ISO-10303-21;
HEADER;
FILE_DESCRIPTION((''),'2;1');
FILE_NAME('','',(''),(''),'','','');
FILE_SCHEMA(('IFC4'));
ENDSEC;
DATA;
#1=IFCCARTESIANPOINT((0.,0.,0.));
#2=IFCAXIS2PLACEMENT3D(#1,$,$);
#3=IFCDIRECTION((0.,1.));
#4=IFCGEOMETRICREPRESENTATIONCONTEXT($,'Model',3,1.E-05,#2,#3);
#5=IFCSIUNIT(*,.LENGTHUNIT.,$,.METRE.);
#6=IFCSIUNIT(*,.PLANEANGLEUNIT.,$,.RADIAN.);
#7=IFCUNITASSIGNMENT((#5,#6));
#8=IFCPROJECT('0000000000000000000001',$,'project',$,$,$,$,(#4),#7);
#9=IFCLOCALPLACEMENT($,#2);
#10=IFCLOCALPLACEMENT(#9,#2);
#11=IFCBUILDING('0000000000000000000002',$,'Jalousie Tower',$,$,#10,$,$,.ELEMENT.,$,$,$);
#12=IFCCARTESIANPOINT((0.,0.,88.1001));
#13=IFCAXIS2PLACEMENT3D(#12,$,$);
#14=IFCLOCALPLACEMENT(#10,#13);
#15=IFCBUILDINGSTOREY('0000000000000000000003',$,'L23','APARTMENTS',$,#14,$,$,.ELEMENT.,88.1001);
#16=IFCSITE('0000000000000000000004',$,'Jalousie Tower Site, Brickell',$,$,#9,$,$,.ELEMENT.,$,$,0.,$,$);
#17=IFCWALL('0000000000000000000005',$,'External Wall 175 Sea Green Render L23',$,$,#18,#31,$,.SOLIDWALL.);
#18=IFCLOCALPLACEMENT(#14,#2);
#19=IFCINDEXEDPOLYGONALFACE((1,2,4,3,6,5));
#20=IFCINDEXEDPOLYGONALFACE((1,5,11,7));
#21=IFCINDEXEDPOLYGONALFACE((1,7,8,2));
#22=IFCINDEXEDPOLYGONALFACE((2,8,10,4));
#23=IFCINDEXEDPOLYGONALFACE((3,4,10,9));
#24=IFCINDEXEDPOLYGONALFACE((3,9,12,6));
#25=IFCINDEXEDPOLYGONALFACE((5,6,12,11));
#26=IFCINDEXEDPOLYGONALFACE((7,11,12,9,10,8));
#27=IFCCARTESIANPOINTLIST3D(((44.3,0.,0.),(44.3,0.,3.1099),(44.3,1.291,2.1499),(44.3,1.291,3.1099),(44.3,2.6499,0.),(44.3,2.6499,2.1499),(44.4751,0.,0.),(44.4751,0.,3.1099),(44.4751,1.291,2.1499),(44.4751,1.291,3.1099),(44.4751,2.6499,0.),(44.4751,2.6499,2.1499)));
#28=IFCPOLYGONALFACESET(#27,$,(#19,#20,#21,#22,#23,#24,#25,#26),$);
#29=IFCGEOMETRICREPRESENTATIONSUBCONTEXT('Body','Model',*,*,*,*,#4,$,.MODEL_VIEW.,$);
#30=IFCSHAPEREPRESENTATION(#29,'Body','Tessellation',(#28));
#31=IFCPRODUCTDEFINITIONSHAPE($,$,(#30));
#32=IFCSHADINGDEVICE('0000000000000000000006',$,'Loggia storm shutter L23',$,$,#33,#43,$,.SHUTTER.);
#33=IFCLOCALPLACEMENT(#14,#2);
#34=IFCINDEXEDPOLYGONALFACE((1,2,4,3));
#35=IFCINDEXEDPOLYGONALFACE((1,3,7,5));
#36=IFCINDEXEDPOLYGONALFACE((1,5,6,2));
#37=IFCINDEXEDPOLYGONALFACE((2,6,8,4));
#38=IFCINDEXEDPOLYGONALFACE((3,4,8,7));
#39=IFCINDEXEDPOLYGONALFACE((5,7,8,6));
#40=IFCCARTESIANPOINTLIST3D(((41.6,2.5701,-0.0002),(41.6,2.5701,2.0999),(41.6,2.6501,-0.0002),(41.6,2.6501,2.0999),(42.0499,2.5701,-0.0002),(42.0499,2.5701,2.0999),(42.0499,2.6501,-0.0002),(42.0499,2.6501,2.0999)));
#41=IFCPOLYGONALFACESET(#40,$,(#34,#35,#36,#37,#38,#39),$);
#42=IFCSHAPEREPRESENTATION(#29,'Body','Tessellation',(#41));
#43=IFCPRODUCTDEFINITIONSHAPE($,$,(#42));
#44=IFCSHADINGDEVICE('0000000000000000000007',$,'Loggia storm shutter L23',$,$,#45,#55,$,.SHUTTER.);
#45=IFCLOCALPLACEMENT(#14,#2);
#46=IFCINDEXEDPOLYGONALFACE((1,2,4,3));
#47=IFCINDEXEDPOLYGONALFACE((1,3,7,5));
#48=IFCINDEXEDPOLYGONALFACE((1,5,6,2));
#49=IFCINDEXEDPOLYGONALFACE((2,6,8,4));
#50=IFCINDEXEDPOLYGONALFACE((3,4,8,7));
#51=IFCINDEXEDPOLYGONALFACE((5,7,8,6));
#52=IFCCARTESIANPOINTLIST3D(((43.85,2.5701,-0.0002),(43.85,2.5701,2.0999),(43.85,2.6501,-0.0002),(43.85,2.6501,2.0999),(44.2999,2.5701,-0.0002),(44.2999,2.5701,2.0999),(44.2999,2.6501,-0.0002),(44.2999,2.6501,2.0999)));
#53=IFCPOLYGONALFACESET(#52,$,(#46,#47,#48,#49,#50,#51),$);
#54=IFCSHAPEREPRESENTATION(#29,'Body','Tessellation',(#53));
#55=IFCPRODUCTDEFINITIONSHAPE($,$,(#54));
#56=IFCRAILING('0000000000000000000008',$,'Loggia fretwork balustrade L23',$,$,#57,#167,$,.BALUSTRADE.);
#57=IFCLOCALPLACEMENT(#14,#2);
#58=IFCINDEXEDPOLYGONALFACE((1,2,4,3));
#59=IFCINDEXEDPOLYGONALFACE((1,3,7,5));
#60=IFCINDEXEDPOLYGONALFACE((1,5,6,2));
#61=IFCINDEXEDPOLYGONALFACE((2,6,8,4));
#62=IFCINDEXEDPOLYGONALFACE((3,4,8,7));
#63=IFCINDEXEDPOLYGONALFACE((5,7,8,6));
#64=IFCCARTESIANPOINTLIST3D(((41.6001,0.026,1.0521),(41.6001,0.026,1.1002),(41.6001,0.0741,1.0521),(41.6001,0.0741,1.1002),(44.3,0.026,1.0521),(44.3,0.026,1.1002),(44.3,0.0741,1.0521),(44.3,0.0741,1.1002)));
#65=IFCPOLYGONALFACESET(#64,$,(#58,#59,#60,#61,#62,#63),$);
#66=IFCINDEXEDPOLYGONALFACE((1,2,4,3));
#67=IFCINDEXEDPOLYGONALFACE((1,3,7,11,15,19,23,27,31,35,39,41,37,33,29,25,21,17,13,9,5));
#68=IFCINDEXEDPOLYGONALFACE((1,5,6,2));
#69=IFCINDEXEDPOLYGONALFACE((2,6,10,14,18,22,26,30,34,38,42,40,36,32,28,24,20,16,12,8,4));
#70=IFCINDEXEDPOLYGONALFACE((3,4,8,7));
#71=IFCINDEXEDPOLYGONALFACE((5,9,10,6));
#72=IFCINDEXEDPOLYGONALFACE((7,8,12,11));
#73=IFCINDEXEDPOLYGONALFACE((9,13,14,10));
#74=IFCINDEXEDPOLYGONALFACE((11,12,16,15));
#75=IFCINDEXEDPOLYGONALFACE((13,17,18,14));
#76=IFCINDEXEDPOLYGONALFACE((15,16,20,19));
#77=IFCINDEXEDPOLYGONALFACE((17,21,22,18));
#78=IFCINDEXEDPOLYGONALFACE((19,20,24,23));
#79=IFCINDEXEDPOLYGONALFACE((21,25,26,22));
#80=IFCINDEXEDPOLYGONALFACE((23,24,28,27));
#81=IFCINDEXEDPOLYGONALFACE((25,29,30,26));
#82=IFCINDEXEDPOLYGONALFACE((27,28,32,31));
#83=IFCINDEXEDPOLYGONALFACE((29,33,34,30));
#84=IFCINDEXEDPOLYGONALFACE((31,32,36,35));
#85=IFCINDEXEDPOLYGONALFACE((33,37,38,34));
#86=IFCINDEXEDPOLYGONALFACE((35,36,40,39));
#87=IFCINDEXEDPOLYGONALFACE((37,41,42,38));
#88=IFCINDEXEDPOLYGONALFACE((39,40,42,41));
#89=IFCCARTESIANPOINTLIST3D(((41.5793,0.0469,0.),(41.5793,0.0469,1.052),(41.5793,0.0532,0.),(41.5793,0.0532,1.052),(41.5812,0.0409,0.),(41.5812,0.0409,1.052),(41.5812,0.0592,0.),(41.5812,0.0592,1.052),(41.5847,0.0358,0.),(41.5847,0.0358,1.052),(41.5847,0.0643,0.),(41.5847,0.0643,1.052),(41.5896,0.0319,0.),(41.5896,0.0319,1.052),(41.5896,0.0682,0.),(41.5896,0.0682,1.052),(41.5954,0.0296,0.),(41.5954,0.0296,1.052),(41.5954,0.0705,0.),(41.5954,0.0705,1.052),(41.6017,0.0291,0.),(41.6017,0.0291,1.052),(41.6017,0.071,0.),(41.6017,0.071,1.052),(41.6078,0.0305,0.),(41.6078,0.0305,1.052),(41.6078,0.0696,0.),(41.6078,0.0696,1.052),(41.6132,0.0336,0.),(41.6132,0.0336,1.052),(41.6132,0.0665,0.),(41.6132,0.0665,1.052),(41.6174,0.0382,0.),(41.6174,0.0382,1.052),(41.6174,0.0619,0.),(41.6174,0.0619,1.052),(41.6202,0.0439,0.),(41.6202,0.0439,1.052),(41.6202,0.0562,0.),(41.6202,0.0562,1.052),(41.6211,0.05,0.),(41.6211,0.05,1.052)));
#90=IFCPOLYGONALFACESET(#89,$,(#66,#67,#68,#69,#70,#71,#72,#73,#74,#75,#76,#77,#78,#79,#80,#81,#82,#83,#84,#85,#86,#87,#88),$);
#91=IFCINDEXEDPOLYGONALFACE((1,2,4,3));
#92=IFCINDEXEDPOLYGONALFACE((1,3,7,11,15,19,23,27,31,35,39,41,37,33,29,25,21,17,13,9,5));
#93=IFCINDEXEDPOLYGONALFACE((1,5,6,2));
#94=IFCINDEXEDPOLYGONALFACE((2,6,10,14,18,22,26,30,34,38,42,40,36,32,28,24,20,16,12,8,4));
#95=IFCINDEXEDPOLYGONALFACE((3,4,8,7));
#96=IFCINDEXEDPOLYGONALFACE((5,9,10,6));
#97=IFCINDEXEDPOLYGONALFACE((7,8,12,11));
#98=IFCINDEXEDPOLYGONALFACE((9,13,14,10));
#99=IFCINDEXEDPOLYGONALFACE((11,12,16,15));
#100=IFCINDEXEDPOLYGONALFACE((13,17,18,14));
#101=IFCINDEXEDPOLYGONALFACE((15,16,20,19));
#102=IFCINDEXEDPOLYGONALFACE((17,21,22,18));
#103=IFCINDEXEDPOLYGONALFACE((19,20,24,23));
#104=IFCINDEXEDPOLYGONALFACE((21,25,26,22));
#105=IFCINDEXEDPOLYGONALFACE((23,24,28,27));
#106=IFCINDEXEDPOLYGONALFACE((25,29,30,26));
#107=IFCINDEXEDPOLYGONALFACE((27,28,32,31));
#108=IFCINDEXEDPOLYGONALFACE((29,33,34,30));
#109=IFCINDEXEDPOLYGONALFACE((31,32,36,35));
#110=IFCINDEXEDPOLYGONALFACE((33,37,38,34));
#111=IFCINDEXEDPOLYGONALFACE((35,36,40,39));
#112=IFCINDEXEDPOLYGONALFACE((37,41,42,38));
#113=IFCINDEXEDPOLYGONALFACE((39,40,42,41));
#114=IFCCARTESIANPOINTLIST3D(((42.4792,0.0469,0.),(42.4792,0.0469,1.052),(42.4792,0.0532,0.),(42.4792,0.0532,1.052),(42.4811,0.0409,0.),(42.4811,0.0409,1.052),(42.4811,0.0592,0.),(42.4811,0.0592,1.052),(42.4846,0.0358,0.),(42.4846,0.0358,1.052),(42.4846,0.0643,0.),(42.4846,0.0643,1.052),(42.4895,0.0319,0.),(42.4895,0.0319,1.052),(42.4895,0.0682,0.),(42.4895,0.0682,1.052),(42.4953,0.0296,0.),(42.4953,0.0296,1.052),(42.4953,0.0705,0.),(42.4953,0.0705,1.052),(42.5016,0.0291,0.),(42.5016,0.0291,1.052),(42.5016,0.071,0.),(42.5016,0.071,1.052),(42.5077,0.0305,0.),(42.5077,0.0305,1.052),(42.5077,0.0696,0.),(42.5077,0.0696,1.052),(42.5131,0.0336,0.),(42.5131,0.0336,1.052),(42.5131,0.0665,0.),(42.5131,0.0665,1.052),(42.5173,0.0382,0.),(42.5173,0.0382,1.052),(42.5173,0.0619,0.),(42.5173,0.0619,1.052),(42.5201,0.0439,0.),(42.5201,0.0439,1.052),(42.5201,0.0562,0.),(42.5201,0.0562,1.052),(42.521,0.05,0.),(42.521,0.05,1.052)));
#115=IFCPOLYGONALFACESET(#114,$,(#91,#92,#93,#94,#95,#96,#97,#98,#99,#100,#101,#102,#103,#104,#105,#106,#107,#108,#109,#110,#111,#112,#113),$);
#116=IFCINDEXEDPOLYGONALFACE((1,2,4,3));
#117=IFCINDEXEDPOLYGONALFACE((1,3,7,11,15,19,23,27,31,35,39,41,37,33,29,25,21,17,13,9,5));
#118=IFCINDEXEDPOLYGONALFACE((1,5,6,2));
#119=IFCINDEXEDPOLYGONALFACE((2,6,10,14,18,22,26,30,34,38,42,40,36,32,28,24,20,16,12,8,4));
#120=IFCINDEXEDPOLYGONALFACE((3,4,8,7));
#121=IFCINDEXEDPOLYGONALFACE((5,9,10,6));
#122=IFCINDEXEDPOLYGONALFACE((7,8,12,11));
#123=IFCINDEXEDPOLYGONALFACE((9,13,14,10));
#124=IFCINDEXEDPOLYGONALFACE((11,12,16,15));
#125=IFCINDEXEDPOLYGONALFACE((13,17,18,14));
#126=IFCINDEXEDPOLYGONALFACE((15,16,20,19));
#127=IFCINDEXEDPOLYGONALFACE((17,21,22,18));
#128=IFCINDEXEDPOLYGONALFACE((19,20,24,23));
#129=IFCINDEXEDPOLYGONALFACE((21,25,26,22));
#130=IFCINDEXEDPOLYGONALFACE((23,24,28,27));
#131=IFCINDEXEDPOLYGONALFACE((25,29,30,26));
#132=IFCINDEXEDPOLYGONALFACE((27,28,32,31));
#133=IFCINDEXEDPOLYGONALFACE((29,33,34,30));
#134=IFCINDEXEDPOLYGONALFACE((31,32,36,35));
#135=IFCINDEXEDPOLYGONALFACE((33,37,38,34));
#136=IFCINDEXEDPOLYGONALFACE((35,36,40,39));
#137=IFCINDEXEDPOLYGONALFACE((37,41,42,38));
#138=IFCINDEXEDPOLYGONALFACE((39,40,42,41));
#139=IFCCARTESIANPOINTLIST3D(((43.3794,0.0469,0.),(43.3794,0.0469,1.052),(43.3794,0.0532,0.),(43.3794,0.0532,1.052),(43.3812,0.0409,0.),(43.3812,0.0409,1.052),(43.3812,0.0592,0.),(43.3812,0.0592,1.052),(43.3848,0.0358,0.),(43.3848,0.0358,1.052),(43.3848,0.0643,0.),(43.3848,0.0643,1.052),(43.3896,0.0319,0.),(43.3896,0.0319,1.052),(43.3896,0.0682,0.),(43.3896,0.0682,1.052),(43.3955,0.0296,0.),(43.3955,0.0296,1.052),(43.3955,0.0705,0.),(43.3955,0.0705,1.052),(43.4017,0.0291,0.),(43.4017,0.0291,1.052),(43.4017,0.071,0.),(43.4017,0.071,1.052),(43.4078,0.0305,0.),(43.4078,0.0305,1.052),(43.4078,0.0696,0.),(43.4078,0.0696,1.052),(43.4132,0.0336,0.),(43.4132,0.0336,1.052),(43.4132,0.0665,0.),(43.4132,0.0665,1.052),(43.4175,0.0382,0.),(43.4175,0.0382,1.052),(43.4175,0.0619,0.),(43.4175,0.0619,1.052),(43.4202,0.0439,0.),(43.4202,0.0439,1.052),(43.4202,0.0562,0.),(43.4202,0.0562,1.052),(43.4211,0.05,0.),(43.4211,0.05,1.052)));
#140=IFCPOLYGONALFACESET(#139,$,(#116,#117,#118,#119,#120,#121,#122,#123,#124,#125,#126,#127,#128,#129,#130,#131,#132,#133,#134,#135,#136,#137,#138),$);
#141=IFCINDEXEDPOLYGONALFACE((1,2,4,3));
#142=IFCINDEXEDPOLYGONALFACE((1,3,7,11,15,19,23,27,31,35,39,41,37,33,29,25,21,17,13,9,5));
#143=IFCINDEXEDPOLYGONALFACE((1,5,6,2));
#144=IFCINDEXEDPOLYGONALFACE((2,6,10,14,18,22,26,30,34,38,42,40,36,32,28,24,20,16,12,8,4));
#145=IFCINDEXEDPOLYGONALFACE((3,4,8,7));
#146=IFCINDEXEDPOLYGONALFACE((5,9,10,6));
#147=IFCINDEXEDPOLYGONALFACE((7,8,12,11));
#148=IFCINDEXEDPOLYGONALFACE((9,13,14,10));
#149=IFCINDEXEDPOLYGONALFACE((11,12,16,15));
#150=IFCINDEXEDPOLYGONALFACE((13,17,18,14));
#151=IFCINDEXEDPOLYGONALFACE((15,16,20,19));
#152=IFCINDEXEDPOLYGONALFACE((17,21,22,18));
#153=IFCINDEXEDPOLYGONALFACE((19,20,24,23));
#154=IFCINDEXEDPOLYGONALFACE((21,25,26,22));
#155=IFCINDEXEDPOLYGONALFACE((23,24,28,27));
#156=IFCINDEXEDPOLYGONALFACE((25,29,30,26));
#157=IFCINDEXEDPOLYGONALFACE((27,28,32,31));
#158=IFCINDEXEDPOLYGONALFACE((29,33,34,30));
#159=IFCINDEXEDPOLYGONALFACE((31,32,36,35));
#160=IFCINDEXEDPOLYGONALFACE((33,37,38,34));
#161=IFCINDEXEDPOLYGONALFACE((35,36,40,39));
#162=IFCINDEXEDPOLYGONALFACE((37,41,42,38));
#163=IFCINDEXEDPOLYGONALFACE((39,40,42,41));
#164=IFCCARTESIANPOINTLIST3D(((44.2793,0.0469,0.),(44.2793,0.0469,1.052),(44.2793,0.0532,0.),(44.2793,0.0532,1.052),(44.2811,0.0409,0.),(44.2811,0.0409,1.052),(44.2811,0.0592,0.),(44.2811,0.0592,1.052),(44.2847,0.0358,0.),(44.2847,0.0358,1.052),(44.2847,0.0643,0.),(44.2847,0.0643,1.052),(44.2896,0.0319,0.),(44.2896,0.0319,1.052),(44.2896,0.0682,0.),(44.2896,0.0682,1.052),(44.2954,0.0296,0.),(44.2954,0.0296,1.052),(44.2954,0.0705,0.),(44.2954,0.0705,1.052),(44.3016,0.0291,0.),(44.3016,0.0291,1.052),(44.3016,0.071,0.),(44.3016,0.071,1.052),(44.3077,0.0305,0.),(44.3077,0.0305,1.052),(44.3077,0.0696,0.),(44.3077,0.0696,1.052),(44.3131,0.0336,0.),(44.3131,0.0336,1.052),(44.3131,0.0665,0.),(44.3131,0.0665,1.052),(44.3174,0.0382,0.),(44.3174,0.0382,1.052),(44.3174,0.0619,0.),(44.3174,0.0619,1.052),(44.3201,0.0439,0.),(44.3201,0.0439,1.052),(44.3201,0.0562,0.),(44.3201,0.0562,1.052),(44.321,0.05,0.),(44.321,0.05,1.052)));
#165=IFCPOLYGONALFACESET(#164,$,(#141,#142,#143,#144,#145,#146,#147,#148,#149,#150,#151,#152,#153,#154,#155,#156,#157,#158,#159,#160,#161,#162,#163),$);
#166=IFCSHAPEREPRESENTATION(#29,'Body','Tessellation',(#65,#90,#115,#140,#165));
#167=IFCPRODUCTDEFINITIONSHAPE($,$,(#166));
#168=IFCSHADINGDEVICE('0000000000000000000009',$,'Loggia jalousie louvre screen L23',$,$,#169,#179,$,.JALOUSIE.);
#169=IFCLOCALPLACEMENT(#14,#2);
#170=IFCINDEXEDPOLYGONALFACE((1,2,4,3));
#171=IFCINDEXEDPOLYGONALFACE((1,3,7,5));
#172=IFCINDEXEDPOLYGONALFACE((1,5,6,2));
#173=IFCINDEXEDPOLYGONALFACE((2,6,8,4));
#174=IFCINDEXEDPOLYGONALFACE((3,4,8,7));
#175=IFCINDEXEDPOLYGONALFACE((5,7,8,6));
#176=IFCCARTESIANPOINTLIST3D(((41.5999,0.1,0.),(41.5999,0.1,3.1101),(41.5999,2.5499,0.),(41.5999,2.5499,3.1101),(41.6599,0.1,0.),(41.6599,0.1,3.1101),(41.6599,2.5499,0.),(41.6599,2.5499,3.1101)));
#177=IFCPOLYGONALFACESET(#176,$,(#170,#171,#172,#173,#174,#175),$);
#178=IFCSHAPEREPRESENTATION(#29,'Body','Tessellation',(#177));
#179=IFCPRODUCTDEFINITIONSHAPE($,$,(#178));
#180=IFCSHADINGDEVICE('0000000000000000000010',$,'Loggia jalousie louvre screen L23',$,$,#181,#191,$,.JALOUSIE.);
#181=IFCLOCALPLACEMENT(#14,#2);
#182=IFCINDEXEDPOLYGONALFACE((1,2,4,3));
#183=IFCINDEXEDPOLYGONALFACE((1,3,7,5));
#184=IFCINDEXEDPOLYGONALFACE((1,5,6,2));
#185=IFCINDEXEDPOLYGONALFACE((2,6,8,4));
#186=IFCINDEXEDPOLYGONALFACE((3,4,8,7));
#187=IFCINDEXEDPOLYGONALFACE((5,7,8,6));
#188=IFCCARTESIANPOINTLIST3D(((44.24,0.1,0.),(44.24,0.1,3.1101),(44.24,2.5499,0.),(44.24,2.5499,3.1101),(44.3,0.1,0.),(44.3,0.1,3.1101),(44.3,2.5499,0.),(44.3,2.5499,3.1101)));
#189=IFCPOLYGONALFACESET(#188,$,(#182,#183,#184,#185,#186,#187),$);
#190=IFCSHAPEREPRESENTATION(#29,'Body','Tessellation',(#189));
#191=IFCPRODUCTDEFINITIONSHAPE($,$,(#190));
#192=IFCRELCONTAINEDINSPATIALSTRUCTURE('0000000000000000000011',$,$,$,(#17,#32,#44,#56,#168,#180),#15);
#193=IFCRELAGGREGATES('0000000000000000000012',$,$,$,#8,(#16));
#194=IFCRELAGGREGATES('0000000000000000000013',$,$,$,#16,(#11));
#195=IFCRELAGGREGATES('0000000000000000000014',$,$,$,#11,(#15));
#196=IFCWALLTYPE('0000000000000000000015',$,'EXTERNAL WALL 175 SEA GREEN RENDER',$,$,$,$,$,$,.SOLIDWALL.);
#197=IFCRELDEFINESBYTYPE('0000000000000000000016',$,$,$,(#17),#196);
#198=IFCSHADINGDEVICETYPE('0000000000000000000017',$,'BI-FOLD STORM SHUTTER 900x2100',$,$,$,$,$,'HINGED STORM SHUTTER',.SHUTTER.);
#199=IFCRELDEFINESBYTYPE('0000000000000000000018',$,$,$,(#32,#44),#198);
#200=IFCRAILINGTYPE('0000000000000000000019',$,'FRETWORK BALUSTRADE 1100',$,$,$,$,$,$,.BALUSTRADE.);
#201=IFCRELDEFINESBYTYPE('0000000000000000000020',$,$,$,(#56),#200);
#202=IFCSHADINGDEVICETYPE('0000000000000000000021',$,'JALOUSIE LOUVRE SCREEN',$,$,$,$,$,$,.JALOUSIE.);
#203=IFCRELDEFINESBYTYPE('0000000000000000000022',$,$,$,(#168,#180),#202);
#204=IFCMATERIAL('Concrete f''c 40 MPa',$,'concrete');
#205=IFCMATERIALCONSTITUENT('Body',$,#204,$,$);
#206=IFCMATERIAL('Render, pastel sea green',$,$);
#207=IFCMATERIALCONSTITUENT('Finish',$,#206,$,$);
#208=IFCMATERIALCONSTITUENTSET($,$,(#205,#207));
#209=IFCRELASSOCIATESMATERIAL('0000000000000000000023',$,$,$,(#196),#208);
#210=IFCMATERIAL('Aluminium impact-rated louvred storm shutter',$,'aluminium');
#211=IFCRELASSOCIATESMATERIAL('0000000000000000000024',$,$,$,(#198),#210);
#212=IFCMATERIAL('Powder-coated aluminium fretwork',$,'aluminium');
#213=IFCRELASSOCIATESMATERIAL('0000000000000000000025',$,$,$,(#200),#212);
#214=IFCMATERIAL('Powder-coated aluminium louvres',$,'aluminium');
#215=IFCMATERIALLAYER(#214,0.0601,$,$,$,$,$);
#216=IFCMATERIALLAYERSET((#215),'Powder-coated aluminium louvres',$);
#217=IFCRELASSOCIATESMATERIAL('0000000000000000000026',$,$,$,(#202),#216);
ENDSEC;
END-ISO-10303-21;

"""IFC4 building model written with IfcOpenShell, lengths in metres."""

from ifc_helpers import new_model, si_unit, direction, frame, origin, origin_2d, place, context, subcontext, project, spatial, polyline, rectangle, circle, outline, extrude, material, layer, layer_set, constituent, constituent_set, type_object, element, save


model = new_model("IFC4")

# Units and contexts
model_context = context("Model", 3, precision=1e-05, world=origin(), true_north=direction((0.0, 1.0)))
body_context = subcontext(model_context, "Body", "Model", "MODEL_VIEW")
ifc_project = project(units=[si_unit("LENGTHUNIT", "METRE"), si_unit("PLANEANGLEUNIT", "RADIAN")], contexts=[model_context])

# Site, building, storey
site_placement = place(None, origin())
site = spatial("IfcSite", under=ifc_project, at=site_placement, Name="Jalousie Tower Site, Brickell", CompositionType="ELEMENT", RefElevation=0.0)
building_placement = place(site_placement, origin())
building = spatial("IfcBuilding", under=site, at=building_placement, Name="Jalousie Tower", CompositionType="ELEMENT")
storey_placement = place(building_placement, frame((0.0, 0.0, 88.1001)))
storey = spatial("IfcBuildingStorey", under=building, at=storey_placement, Name="L23", Description="APARTMENTS", CompositionType="ELEMENT", Elevation=88.1001)

# Shared definitions
ifc_material_1 = material(Name="Concrete f'c 40 MPa", Category="concrete")
ifc_constituent_1 = constituent(ifc_material_1, Name="Body")
ifc_material_2 = material(Name="Render, pastel sea green")
ifc_constituent_2 = constituent(ifc_material_2, Name="Finish")
ifc_constituent_set = constituent_set(constituents=[ifc_constituent_1, ifc_constituent_2])
wall_type = type_object("IfcWallType", Name="EXTERNAL WALL 175 SEA GREEN RENDER", PredefinedType="SOLIDWALL", material=ifc_constituent_set)

# Wall
wall_1_placement = place(storey_placement, frame((44.3875, 0.0, 0.0), z_axis=(0.0, 0.0, 1.0), x_axis=(0.0, 1.0, 0.0)))
element("IfcWall", 1, at=wall_1_placement, inside=storey, type_object=wall_type, Name="External Wall 175 Sea Green Render L23", PredefinedType="SOLIDWALL", context=body_context, shape_type="SweptSolid", body=[
    extrude(outline(polyline([(0.0, 0.0), (2.6499, 0.0), (2.6499, 2.1499), (1.291, 2.1499), (1.291, 3.1099), (0.0, 3.1099), (0.0, 0.0)])), frame((0.0, 0.0874, 0.0), z_axis=(0.0, -1.0, 0.0), x_axis=(1.0, 0.0, 0.0)), (0.0, 0.0, 1.0), 0.175),
])

# Shading devices
ifc_material_3 = material(Name="Aluminium impact-rated louvred storm shutter", Category="aluminium")
shading_device_type_1 = type_object("IfcShadingDeviceType", Name="BI-FOLD STORM SHUTTER 900x2100", ElementType="HINGED STORM SHUTTER", PredefinedType="SHUTTER", material=ifc_material_3)
for number, where, z_axis, x_axis, name in (
    (2, (41.825, 2.6101, -0.0002), (0.0, 0.0, 1.0), (1.0, 0.0, 0.0), "Loggia storm shutter L23"),
    (3, (44.075, 2.6101, -0.0002), (0.0, 0.0, 1.0), (1.0, 0.0, 0.0), "Loggia storm shutter L23"),
):
    element("IfcShadingDevice", number, at=place(storey_placement, frame(where, z_axis=z_axis, x_axis=x_axis)), inside=storey, type_object=shading_device_type_1, Name=name, PredefinedType="SHUTTER", context=body_context, shape_type="SweptSolid", body=[
        extrude(rectangle(XDim=0.45, YDim=0.0801, at=origin_2d()), origin(), (0.0, 0.0, 1.0), 2.1001),
    ])

# Railing
ifc_material_4 = material(Name="Powder-coated aluminium fretwork", Category="aluminium")
railing_type = type_object("IfcRailingType", Name="FRETWORK BALUSTRADE 1100", PredefinedType="BALUSTRADE", material=ifc_material_4)
railing_placement = place(storey_placement, frame((41.6001, 0.05, 0.0)))
element("IfcRailing", 4, at=railing_placement, inside=storey, type_object=railing_type, Name="Loggia fretwork balustrade L23", PredefinedType="BALUSTRADE", context=body_context, shape_type="SweptSolid", body=[
    extrude(rectangle(XDim=0.0481, YDim=0.0481, at=origin_2d()), frame((0.0, 0.0, 1.0762), z_axis=(1.0, 0.0, 0.0), x_axis=(0.0, 1.0, 0.0)), (0.0, 0.0, 1.0), 2.7),
    extrude(circle(Radius=0.021, at=origin_2d()), origin(), (0.0, 0.0, 1.0), 1.052),
    extrude(circle(Radius=0.021, at=origin_2d()), frame((0.8999, 0.0, 0.0)), (0.0, 0.0, 1.0), 1.052),
    extrude(circle(Radius=0.021, at=origin_2d()), frame((1.8, 0.0, 0.0)), (0.0, 0.0, 1.0), 1.052),
    extrude(circle(Radius=0.021, at=origin_2d()), frame((2.7, 0.0, 0.0)), (0.0, 0.0, 1.0), 1.052),
])

# Shading devices
ifc_material_5 = material(Name="Powder-coated aluminium louvres", Category="aluminium")
ifc_layer_1 = layer(ifc_material_5, 0.0601)
ifc_layer_set_1 = layer_set([ifc_layer_1], Name="Powder-coated aluminium louvres")
shading_device_type_2 = type_object("IfcShadingDeviceType", Name="JALOUSIE LOUVRE SCREEN", PredefinedType="JALOUSIE", material=ifc_layer_set_1)
for number, where, z_axis, x_axis, name in (
    (5, (41.6299, 1.325, 0.0), (0.0, 0.0, 1.0), (1.0, 0.0, 0.0), "Loggia jalousie louvre screen L23"),
    (6, (44.27, 1.325, 0.0), (0.0, 0.0, 1.0), (1.0, 0.0, 0.0), "Loggia jalousie louvre screen L23"),
):
    element("IfcShadingDevice", number, at=place(storey_placement, frame(where, z_axis=z_axis, x_axis=x_axis)), inside=storey, type_object=shading_device_type_2, Name=name, PredefinedType="JALOUSIE", context=body_context, shape_type="SweptSolid", body=[
        extrude(rectangle(XDim=0.0601, YDim=2.45, at=origin_2d()), origin(), (0.0, 0.0, 1.0), 3.1101),
    ])

save(model, "model.ifc")
